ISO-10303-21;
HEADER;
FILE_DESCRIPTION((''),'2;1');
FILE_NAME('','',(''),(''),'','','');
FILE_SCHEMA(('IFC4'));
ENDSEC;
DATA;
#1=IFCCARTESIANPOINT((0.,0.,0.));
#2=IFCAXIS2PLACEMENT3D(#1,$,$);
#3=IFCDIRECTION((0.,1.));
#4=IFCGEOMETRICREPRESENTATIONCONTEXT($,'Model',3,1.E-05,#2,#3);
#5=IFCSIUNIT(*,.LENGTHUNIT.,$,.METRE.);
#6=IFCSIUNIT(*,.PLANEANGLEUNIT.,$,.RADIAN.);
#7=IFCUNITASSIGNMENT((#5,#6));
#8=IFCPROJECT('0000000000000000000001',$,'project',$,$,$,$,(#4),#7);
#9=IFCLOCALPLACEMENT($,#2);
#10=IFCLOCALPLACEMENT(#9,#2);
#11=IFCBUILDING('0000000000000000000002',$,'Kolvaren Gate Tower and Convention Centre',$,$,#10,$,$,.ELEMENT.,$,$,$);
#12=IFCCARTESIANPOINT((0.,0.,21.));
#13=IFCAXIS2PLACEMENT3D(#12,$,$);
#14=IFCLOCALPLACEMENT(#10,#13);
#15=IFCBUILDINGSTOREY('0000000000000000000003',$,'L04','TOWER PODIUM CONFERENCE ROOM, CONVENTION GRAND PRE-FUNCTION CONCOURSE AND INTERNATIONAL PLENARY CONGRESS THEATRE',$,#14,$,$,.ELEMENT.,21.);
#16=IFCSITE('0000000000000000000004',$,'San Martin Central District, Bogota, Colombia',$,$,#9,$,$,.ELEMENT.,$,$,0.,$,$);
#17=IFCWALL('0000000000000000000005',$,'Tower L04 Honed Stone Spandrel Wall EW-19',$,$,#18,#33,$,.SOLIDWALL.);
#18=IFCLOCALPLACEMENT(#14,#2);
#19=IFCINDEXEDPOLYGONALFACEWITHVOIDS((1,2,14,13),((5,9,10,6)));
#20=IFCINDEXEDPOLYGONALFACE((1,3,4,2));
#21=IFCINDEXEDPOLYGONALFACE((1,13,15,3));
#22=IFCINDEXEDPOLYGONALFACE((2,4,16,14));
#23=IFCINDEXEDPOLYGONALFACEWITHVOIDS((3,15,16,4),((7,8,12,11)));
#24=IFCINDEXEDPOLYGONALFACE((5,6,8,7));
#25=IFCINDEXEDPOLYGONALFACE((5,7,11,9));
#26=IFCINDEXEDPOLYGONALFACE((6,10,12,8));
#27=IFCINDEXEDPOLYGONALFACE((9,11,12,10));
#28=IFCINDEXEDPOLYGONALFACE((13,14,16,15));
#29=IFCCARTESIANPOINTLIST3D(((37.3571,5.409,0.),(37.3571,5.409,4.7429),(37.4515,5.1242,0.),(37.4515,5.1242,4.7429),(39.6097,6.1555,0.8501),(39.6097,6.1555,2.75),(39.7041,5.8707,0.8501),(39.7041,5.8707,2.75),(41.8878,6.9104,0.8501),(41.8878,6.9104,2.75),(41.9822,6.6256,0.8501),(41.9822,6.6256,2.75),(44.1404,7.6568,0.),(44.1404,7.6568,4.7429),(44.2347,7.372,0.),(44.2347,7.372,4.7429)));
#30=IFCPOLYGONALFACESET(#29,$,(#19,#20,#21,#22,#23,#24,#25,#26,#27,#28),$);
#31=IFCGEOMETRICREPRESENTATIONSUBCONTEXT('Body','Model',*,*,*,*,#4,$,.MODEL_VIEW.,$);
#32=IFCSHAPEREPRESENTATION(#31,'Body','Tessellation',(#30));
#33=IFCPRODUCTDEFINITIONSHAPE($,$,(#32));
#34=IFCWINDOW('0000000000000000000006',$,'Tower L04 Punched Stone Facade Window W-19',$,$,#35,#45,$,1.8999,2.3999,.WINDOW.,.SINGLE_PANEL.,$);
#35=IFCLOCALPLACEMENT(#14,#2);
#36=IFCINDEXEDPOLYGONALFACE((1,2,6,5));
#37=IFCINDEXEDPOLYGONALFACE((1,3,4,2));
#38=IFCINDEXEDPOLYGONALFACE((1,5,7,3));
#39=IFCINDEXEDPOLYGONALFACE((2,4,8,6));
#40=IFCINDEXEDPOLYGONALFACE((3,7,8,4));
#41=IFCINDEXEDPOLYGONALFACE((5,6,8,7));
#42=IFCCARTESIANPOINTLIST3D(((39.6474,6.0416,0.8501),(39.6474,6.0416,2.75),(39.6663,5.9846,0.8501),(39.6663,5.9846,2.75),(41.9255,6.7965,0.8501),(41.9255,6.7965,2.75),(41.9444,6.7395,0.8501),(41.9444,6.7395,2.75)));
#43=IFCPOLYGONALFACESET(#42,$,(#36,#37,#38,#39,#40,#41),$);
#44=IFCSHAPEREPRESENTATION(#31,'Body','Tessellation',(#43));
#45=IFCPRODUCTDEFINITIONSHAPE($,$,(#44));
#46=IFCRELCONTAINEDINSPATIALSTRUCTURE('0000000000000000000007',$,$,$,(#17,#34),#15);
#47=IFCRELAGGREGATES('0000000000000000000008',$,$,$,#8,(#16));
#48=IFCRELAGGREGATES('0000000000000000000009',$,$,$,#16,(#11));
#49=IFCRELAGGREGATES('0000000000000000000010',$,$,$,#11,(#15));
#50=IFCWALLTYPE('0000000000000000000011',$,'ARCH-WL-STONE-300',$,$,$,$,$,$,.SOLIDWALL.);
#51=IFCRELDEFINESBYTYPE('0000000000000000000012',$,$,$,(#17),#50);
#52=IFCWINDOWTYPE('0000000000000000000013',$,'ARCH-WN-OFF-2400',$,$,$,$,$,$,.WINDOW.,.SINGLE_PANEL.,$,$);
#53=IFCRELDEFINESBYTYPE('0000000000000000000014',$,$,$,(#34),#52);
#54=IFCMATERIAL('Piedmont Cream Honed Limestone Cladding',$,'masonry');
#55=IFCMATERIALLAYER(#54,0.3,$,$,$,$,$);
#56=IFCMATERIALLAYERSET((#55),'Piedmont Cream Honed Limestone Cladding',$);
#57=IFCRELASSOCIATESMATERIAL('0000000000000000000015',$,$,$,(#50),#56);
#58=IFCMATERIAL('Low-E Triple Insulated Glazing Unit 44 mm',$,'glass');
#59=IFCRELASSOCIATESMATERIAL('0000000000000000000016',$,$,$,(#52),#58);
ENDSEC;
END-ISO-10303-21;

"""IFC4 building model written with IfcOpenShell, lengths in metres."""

from ifc_helpers import new_model, si_unit, direction, frame, frame_2d, origin, place, context, subcontext, project, spatial, rectangle, extrude, material, layer, layer_set, type_object, element, fill, save


model = new_model("IFC4")

# Units and contexts
model_context = context("Model", 3, precision=1e-05, world=origin(), true_north=direction((0.0, 1.0)))
body_context = subcontext(model_context, "Body", "Model", "MODEL_VIEW")
ifc_project = project(units=[si_unit("LENGTHUNIT", "METRE"), si_unit("PLANEANGLEUNIT", "RADIAN")], contexts=[model_context])

# Site, building, storey
site_placement = place(None, origin())
site = spatial("IfcSite", under=ifc_project, at=site_placement, Name="San Martin Central District, Bogota, Colombia", CompositionType="ELEMENT", RefElevation=0.0)
building_placement = place(site_placement, origin())
building = spatial("IfcBuilding", under=site, at=building_placement, Name="Kolvaren Gate Tower and Convention Centre", CompositionType="ELEMENT")
storey_placement = place(building_placement, frame((0.0, 0.0, 21.0)))
storey = spatial("IfcBuildingStorey", under=building, at=storey_placement, Name="L04", Description="TOWER PODIUM CONFERENCE ROOM, CONVENTION GRAND PRE-FUNCTION CONCOURSE AND INTERNATIONAL PLENARY CONGRESS THEATRE", CompositionType="ELEMENT", Elevation=21.0)

# Shared definitions
ifc_material_1 = material(Name="Low-E Triple Insulated Glazing Unit 44 mm", Category="glass")

# Wall, opening, window
ifc_material_2 = material(Name="Piedmont Cream Honed Limestone Cladding", Category="masonry")
ifc_layer_1 = layer(ifc_material_2, 0.3)
ifc_layer_set_1 = layer_set([ifc_layer_1], Name="Piedmont Cream Honed Limestone Cladding")
wall_type_1 = type_object("IfcWallType", Name="ARCH-WL-STONE-300", PredefinedType="SOLIDWALL", material=ifc_layer_set_1)
window_type = type_object("IfcWindowType", Name="ARCH-WN-OFF-2400", PartitioningType="SINGLE_PANEL", PredefinedType="WINDOW", material=ifc_material_1)
wall_1_placement = place(storey_placement, frame((37.4043, 5.2666, 0.0), z_axis=(0.0, 0.0, 1.0), x_axis=(0.949239, 0.314557, 0.0)))
wall_1 = element("IfcWall", 1, at=wall_1_placement, inside=storey, type_object=wall_type_1, Name="Tower L04 Honed Stone Spandrel Wall EW-19", PredefinedType="SOLIDWALL", context=body_context, shape_type="SweptSolid", body=[
    extrude(rectangle(XDim=7.146, YDim=0.3, at=frame_2d((3.573, 0.0))), origin(), (0.0, 0.0, 1.0), 4.7429),
])
opening_1_placement = place(wall_1_placement, frame((2.373, 0.0, 0.8501)))
opening_1 = element("IfcOpeningElement", 2, at=opening_1_placement, cuts=wall_1, PredefinedType="OPENING", context=body_context, shape_type="SweptSolid", body=[
    extrude(rectangle(XDim=2.3999, YDim=1.8999, at=frame_2d((1.2, 0.95))), frame((0.0, 0.1599, 0.0), z_axis=(0.0, -1.0, 0.0), x_axis=(1.0, 0.0, 0.0)), (0.0, 0.0, 1.0), 0.3201),
])
window_1_placement = place(opening_1_placement, origin())
window_1 = element("IfcWindow", 3, at=window_1_placement, inside=storey, type_object=window_type, Name="Tower L04 Punched Stone Facade Window W-19", OverallHeight=1.8999, OverallWidth=2.3999, PartitioningType="SINGLE_PANEL", PredefinedType="WINDOW", context=body_context, shape_type="SweptSolid", body=[
    extrude(rectangle(XDim=2.3999, YDim=1.8999, at=frame_2d((1.2, 0.95))), frame((0.0, 0.03, 0.0), z_axis=(0.0, -1.0, 0.0), x_axis=(1.0, 0.0, 0.0)), (0.0, 0.0, 1.0), 0.0601),
])
fill(opening_1, window_1)

save(model, "model.ifc")
